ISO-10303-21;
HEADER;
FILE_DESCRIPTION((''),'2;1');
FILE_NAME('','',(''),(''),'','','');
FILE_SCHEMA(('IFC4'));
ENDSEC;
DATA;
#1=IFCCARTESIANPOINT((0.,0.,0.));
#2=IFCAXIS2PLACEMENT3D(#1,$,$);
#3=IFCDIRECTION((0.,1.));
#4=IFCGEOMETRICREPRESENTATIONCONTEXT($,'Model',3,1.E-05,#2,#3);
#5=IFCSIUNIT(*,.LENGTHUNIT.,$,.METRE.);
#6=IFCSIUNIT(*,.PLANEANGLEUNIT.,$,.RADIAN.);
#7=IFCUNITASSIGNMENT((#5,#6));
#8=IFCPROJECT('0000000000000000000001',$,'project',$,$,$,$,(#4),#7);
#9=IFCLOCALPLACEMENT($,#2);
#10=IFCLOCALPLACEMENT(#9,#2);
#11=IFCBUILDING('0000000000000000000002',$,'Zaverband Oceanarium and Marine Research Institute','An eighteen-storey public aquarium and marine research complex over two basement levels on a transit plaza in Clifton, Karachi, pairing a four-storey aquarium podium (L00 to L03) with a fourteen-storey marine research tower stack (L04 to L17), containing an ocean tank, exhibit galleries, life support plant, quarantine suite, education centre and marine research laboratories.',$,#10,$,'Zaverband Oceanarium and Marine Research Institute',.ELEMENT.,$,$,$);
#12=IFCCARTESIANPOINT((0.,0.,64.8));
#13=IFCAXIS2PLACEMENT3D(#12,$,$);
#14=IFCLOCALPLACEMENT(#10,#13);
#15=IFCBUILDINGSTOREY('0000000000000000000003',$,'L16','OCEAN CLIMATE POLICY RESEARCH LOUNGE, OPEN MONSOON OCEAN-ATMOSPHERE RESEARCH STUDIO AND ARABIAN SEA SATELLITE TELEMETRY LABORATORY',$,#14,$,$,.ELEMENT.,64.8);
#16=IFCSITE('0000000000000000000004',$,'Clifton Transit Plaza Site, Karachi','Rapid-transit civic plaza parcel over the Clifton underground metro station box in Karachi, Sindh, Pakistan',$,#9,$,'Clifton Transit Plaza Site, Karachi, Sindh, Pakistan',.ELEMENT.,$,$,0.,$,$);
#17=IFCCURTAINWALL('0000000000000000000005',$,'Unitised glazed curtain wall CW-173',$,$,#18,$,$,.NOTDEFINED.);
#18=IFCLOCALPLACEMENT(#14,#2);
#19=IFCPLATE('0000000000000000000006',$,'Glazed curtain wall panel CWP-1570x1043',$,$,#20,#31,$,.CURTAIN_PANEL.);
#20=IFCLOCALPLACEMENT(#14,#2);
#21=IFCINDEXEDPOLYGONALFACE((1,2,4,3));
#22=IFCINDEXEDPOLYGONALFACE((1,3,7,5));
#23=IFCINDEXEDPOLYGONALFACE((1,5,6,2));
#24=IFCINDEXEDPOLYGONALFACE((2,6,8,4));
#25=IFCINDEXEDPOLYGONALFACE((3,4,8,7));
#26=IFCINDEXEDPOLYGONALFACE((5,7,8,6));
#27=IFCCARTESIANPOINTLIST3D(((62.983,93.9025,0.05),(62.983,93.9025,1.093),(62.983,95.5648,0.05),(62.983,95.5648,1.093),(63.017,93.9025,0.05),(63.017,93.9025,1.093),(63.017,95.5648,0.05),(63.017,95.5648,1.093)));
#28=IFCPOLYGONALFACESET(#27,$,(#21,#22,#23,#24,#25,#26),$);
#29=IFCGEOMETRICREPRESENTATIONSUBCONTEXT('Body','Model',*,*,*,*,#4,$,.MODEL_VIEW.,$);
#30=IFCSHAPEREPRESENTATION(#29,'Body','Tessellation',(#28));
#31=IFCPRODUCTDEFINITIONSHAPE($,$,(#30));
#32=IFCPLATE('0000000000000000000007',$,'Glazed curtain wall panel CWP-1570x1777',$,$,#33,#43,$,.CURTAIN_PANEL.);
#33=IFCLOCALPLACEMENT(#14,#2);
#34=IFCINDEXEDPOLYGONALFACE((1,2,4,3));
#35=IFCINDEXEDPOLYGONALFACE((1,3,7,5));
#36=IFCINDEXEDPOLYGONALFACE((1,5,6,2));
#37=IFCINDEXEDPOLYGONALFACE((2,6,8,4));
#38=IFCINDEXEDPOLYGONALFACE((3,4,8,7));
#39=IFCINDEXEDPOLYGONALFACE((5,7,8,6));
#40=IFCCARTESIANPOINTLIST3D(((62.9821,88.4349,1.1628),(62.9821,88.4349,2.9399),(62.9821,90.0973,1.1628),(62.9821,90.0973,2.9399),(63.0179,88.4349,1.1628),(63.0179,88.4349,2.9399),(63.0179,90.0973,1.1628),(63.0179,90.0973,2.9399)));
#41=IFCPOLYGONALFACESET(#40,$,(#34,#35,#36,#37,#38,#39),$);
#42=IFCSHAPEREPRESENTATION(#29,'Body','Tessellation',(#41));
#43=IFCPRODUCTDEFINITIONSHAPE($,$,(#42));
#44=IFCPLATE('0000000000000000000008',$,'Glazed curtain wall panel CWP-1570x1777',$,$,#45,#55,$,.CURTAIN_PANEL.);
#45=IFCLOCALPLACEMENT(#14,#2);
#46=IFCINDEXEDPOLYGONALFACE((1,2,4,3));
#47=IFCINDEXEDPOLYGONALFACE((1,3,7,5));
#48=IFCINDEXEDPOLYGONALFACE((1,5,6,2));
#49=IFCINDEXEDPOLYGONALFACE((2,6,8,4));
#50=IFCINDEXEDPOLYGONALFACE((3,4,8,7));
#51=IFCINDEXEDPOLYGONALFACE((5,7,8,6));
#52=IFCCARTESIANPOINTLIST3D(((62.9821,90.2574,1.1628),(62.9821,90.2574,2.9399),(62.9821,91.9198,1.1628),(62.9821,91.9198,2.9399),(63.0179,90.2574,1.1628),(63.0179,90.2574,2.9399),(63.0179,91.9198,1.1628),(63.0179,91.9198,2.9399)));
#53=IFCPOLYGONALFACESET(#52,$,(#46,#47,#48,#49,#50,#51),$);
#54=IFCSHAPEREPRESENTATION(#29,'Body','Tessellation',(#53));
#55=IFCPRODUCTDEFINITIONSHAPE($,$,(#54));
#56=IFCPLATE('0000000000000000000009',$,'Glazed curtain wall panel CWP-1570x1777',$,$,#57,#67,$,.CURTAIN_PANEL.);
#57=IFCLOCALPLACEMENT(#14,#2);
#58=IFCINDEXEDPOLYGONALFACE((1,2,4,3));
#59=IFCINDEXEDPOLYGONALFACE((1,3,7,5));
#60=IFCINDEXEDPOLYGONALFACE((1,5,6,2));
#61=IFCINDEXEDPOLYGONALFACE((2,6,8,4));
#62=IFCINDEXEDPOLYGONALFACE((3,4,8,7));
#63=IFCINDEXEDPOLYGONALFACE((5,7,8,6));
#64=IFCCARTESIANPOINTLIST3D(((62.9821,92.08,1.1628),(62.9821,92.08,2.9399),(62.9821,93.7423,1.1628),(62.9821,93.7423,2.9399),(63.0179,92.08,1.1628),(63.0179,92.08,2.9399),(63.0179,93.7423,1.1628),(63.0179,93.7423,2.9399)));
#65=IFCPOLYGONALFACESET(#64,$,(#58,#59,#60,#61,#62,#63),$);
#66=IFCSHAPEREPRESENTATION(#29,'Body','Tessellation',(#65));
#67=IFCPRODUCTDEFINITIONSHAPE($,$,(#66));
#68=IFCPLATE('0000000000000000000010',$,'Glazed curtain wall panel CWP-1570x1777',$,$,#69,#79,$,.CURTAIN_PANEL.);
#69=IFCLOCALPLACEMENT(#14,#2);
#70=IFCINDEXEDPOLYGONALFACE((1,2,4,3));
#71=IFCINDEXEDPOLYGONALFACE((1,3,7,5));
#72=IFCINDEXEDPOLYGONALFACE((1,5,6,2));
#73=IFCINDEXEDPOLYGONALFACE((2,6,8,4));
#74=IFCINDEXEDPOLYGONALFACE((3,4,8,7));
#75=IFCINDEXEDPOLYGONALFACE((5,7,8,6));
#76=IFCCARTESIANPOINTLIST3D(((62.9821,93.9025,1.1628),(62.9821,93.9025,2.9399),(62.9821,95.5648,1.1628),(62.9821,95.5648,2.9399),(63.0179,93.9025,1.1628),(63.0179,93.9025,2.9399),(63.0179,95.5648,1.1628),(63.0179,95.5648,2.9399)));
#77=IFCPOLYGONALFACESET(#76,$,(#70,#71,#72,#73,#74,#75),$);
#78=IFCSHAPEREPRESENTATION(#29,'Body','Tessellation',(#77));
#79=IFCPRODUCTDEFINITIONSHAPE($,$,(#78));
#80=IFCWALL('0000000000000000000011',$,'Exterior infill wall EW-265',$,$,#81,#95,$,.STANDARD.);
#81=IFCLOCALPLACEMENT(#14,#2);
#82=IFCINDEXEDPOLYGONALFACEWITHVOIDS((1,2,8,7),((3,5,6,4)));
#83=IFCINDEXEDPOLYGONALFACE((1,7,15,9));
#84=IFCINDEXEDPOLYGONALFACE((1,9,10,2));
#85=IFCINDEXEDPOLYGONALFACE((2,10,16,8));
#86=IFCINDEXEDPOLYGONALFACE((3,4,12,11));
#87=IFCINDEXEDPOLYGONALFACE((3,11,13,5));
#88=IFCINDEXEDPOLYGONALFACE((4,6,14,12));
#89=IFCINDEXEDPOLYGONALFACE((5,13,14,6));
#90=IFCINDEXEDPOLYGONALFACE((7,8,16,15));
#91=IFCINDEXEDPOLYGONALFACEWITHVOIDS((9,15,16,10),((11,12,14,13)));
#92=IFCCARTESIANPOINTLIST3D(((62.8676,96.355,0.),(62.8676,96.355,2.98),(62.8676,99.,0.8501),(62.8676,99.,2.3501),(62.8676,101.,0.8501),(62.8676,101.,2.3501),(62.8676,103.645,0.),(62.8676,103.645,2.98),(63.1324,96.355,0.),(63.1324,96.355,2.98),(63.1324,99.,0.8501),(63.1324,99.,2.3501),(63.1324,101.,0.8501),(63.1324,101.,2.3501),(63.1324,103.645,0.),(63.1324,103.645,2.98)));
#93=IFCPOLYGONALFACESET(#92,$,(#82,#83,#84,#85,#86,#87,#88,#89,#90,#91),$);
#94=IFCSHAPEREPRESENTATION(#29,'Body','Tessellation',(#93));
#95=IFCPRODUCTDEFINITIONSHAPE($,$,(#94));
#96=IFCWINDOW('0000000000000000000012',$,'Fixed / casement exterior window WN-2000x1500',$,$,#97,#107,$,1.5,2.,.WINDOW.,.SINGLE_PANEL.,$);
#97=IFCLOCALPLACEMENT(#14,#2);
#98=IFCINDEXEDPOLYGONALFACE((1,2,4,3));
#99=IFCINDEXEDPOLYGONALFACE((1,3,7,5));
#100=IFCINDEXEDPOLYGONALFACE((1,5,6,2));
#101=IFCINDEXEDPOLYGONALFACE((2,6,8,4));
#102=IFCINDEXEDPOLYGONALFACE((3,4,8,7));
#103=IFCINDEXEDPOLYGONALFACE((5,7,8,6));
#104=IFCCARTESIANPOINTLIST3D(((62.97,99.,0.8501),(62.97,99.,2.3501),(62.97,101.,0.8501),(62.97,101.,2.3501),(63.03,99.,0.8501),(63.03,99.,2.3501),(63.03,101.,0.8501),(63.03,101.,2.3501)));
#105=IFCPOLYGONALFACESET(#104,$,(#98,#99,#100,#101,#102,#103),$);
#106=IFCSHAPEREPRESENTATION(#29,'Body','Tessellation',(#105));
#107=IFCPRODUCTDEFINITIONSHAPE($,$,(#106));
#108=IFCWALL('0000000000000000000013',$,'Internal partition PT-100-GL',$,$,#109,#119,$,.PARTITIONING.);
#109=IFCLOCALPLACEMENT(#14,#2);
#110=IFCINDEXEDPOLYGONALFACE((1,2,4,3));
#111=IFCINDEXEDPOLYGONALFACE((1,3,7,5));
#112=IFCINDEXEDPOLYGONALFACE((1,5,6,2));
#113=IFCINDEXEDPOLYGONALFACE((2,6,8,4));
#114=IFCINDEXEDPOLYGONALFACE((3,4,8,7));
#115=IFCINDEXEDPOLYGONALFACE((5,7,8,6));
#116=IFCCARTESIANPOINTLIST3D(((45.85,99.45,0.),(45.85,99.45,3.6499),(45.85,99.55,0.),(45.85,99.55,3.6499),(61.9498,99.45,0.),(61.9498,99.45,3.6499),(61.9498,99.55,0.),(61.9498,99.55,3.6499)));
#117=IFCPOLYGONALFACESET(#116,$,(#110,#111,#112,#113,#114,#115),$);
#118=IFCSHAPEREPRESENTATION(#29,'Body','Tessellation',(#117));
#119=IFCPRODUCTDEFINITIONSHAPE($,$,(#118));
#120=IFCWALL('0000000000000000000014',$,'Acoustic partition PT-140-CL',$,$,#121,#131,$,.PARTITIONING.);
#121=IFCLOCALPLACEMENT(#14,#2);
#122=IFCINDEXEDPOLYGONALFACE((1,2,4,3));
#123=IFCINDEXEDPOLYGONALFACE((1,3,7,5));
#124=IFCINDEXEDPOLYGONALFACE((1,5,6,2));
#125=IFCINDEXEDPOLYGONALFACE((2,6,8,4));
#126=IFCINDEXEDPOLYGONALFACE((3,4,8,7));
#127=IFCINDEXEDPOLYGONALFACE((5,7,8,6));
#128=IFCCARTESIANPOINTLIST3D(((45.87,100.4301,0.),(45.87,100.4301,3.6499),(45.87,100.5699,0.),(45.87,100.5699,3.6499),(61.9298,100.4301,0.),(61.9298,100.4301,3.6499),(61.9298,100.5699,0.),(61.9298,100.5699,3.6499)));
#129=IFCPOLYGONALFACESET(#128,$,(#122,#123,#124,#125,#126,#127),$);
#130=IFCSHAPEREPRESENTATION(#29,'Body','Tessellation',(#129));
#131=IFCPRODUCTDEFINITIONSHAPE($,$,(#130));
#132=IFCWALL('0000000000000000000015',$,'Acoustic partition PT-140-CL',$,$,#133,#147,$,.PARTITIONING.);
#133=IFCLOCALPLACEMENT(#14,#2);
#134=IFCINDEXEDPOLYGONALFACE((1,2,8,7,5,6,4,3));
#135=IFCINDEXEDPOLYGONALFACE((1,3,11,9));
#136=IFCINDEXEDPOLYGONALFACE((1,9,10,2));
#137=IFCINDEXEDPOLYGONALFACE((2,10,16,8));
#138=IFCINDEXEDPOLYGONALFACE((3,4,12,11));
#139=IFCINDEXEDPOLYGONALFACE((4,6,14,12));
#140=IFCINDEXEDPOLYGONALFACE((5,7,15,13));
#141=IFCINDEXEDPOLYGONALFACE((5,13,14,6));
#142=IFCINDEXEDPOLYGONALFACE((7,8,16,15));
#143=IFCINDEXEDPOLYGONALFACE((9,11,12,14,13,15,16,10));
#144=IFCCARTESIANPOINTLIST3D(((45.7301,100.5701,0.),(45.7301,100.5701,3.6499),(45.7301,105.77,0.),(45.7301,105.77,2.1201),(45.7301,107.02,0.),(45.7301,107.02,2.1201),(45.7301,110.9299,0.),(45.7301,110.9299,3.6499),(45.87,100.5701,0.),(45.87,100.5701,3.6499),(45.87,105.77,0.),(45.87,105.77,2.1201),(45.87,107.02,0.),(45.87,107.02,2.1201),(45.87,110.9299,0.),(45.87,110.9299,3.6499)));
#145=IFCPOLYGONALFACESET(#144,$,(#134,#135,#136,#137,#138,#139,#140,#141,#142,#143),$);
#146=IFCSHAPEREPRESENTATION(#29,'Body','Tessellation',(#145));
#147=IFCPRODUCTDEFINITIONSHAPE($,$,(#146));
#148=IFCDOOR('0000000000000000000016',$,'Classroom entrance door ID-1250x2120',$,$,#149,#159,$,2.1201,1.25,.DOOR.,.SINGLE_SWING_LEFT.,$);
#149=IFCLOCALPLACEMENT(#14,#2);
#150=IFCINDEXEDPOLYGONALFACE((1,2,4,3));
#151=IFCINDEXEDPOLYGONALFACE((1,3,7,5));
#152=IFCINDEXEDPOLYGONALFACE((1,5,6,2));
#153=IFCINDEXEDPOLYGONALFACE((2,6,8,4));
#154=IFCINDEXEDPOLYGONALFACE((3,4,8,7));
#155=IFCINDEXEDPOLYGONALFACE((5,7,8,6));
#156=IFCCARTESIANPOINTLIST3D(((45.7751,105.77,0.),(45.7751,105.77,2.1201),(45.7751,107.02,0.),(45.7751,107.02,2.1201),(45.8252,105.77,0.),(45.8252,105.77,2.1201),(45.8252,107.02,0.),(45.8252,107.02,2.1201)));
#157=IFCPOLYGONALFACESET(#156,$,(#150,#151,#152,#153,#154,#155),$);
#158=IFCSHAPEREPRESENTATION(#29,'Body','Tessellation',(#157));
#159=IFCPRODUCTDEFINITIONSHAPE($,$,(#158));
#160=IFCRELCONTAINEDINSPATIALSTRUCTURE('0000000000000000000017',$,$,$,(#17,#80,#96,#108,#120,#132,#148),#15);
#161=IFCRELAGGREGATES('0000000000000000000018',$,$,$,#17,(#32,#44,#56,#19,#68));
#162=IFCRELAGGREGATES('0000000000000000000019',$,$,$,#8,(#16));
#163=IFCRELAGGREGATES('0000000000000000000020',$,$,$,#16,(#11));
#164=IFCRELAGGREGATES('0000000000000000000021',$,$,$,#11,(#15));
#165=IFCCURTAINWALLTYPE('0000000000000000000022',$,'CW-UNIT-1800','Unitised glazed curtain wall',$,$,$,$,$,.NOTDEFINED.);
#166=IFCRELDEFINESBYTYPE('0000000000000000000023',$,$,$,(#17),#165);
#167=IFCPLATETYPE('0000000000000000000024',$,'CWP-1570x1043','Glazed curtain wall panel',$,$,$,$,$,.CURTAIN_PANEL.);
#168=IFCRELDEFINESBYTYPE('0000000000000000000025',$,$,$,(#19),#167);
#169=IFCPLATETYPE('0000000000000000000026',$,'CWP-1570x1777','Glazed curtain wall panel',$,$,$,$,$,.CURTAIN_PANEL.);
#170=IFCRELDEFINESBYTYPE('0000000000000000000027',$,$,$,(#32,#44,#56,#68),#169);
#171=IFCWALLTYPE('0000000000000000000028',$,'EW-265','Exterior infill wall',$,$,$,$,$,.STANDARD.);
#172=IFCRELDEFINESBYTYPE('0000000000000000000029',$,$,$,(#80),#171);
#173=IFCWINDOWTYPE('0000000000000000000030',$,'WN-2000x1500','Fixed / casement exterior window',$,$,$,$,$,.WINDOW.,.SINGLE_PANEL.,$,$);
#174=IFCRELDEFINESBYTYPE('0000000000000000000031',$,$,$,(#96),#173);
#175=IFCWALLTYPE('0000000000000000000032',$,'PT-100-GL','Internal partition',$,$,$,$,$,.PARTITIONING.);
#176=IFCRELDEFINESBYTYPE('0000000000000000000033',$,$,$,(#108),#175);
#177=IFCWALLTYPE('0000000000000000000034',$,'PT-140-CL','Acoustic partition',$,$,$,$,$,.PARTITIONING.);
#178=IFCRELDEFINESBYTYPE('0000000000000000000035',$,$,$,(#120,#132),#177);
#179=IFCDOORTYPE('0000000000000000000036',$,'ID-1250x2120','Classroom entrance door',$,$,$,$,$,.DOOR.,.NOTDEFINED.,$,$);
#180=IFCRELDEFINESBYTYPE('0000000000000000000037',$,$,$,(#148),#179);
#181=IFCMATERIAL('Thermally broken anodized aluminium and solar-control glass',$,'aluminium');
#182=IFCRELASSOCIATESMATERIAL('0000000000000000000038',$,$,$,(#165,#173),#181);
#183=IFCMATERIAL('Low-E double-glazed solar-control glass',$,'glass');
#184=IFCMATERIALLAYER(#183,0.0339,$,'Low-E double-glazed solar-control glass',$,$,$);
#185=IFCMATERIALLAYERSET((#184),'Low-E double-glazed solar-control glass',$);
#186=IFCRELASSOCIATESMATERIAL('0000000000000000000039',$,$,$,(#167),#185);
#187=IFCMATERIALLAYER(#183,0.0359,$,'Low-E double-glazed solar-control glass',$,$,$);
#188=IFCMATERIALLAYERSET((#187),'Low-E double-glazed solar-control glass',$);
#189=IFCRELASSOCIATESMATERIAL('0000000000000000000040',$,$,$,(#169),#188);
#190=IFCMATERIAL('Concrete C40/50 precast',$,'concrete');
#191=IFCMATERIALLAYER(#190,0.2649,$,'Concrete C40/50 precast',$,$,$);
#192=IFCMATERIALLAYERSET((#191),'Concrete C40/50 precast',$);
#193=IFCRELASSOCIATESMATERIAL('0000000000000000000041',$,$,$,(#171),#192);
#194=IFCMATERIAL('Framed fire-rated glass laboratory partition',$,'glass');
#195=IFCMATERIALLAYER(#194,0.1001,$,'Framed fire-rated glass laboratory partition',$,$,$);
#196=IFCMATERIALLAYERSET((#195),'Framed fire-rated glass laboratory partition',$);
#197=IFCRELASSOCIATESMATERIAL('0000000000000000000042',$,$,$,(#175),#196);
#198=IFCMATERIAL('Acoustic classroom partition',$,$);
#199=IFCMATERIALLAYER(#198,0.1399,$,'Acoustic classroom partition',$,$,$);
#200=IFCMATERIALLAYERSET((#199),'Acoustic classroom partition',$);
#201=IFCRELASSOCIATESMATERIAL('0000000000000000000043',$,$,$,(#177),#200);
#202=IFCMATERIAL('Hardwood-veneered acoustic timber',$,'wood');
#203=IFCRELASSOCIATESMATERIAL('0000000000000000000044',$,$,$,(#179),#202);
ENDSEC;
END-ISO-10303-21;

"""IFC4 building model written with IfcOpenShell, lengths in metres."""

from ifc_helpers import new_model, si_unit, direction, frame, frame_2d, origin, place, context, subcontext, project, spatial, rectangle, extrude, material, layer, layer_set, type_object, element, fill, aggregate, save


model = new_model("IFC4")

# Units and contexts
model_context = context("Model", 3, precision=1e-05, world=origin(), true_north=direction((0.0, 1.0)))
body_context = subcontext(model_context, "Body", "Model", "MODEL_VIEW")
ifc_project = project(units=[si_unit("LENGTHUNIT", "METRE"), si_unit("PLANEANGLEUNIT", "RADIAN")], contexts=[model_context])

# Site, building, storey
site_placement = place(None, origin())
site = spatial("IfcSite", under=ifc_project, at=site_placement, Name="Clifton Transit Plaza Site, Karachi", Description="Rapid-transit civic plaza parcel over the Clifton underground metro station box in Karachi, Sindh, Pakistan", LongName="Clifton Transit Plaza Site, Karachi, Sindh, Pakistan", CompositionType="ELEMENT", RefElevation=0.0)
building_placement = place(site_placement, origin())
building = spatial("IfcBuilding", under=site, at=building_placement, Name="Zaverband Oceanarium and Marine Research Institute", Description="An eighteen-storey public aquarium and marine research complex over two basement levels on a transit plaza in Clifton, Karachi, pairing a four-storey aquarium podium (L00 to L03) with a fourteen-storey marine research tower stack (L04 to L17), containing an ocean tank, exhibit galleries, life support plant, quarantine suite, education centre and marine research laboratories.", LongName="Zaverband Oceanarium and Marine Research Institute", CompositionType="ELEMENT")
storey_placement = place(building_placement, frame((0.0, 0.0, 64.8)))
storey = spatial("IfcBuildingStorey", under=building, at=storey_placement, Name="L16", Description="OCEAN CLIMATE POLICY RESEARCH LOUNGE, OPEN MONSOON OCEAN-ATMOSPHERE RESEARCH STUDIO AND ARABIAN SEA SATELLITE TELEMETRY LABORATORY", CompositionType="ELEMENT", Elevation=64.8)

# Curtain wall
ifc_material_1 = material(Name="Thermally broken anodized aluminium and solar-control glass", Category="aluminium")
curtain_wall_type = type_object("IfcCurtainWallType", Name="CW-UNIT-1800", Description="Unitised glazed curtain wall", PredefinedType="NOTDEFINED", material=ifc_material_1)
curtain_wall_placement = place(storey_placement, origin())
curtain_wall = element("IfcCurtainWall", 1, at=curtain_wall_placement, inside=storey, type_object=curtain_wall_type, Name="Unitised glazed curtain wall CW-173", PredefinedType="NOTDEFINED")

# Plates
ifc_material_2 = material(Name="Low-E double-glazed solar-control glass", Category="glass")
ifc_layer_1 = layer(ifc_material_2, 0.0339, Name="Low-E double-glazed solar-control glass")
ifc_layer_set_1 = layer_set([ifc_layer_1], Name="Low-E double-glazed solar-control glass")
plate_type_1 = type_object("IfcPlateType", Name="CWP-1570x1043", Description="Glazed curtain wall panel", PredefinedType="CURTAIN_PANEL", material=ifc_layer_set_1)
plate_1_placement = place(storey_placement, frame((63.0, 93.9026, 0.05), z_axis=(0.0, 0.0, 1.0), x_axis=(0.0, 1.0, 0.0)))
plate_1 = element("IfcPlate", 2, at=plate_1_placement, type_object=plate_type_1, Name="Glazed curtain wall panel CWP-1570x1043", PredefinedType="CURTAIN_PANEL", context=body_context, shape_type="SweptSolid", body=[
    extrude(rectangle(XDim=1.6624, YDim=0.0339, at=frame_2d((0.8311, 0.0))), origin(), (0.0, 0.0, 1.0), 1.043),
])
ifc_layer_2 = layer(ifc_material_2, 0.0359, Name="Low-E double-glazed solar-control glass")
ifc_layer_set_2 = layer_set([ifc_layer_2], Name="Low-E double-glazed solar-control glass")
plate_type_2 = type_object("IfcPlateType", Name="CWP-1570x1777", Description="Glazed curtain wall panel", PredefinedType="CURTAIN_PANEL", material=ifc_layer_set_2)
plate_2_placement = place(storey_placement, frame((63.0, 88.4351, 1.1628), z_axis=(0.0, 0.0, 1.0), x_axis=(0.0, 1.0, 0.0)))
plate_2 = element("IfcPlate", 3, at=plate_2_placement, type_object=plate_type_2, Name="Glazed curtain wall panel CWP-1570x1777", PredefinedType="CURTAIN_PANEL", context=body_context, shape_type="SweptSolid", body=[
    extrude(rectangle(XDim=1.6624, YDim=0.0359, at=frame_2d((0.8311, 0.0))), origin(), (0.0, 0.0, 1.0), 1.7771),
])
plate_3_placement = place(storey_placement, frame((63.0, 90.2576, 1.1628), z_axis=(0.0, 0.0, 1.0), x_axis=(0.0, 1.0, 0.0)))
plate_3 = element("IfcPlate", 4, at=plate_3_placement, type_object=plate_type_2, Name="Glazed curtain wall panel CWP-1570x1777", PredefinedType="CURTAIN_PANEL", context=body_context, shape_type="SweptSolid", body=[
    extrude(rectangle(XDim=1.6624, YDim=0.0359, at=frame_2d((0.8311, 0.0))), origin(), (0.0, 0.0, 1.0), 1.7771),
])
plate_4_placement = place(storey_placement, frame((63.0, 92.0801, 1.1628), z_axis=(0.0, 0.0, 1.0), x_axis=(0.0, 1.0, 0.0)))
plate_4 = element("IfcPlate", 5, at=plate_4_placement, type_object=plate_type_2, Name="Glazed curtain wall panel CWP-1570x1777", PredefinedType="CURTAIN_PANEL", context=body_context, shape_type="SweptSolid", body=[
    extrude(rectangle(XDim=1.6624, YDim=0.0359, at=frame_2d((0.8311, 0.0))), origin(), (0.0, 0.0, 1.0), 1.7771),
])
plate_5_placement = place(storey_placement, frame((63.0, 93.9026, 1.1628), z_axis=(0.0, 0.0, 1.0), x_axis=(0.0, 1.0, 0.0)))
plate_5 = element("IfcPlate", 6, at=plate_5_placement, type_object=plate_type_2, Name="Glazed curtain wall panel CWP-1570x1777", PredefinedType="CURTAIN_PANEL", context=body_context, shape_type="SweptSolid", body=[
    extrude(rectangle(XDim=1.6624, YDim=0.0359, at=frame_2d((0.8311, 0.0))), origin(), (0.0, 0.0, 1.0), 1.7771),
])
aggregate(curtain_wall, [plate_2, plate_3, plate_4, plate_1, plate_5])

# Wall, opening, window
ifc_material_3 = material(Name="Concrete C40/50 precast", Category="concrete")
ifc_layer_3 = layer(ifc_material_3, 0.2649, Name="Concrete C40/50 precast")
ifc_layer_set_3 = layer_set([ifc_layer_3], Name="Concrete C40/50 precast")
wall_type_1 = type_object("IfcWallType", Name="EW-265", Description="Exterior infill wall", PredefinedType="STANDARD", material=ifc_layer_set_3)
wall_1_placement = place(storey_placement, frame((63.0, 96.355, 0.0), z_axis=(0.0, 0.0, 1.0), x_axis=(0.0, 1.0, 0.0)))
wall_1 = element("IfcWall", 7, at=wall_1_placement, inside=storey, type_object=wall_type_1, Name="Exterior infill wall EW-265", PredefinedType="STANDARD", context=body_context, shape_type="SweptSolid", body=[
    extrude(rectangle(XDim=7.29, YDim=0.2649, at=frame_2d((3.645, 0.0))), origin(), (0.0, 0.0, 1.0), 2.98),
])
opening_1_placement = place(wall_1_placement, frame((2.645, 0.0, 0.8501)))
opening_1 = element("IfcOpeningElement", 8, at=opening_1_placement, cuts=wall_1, PredefinedType="OPENING", context=body_context, shape_type="SweptSolid", body=[
    extrude(rectangle(XDim=2.0, YDim=1.5, at=frame_2d((1.0, 0.75))), frame((0.0, 0.1445, 0.0), z_axis=(0.0, -1.0, 0.0), x_axis=(1.0, 0.0, 0.0)), (0.0, 0.0, 1.0), 0.2888),
])
window_type = type_object("IfcWindowType", Name="WN-2000x1500", Description="Fixed / casement exterior window", PartitioningType="SINGLE_PANEL", PredefinedType="WINDOW", material=ifc_material_1)
window_placement = place(opening_1_placement, origin())
window = element("IfcWindow", 9, at=window_placement, inside=storey, type_object=window_type, Name="Fixed / casement exterior window WN-2000x1500", OverallHeight=1.5, OverallWidth=2.0, PartitioningType="SINGLE_PANEL", PredefinedType="WINDOW", context=body_context, shape_type="SweptSolid", body=[
    extrude(rectangle(XDim=2.0, YDim=1.5, at=frame_2d((1.0, 0.75))), frame((0.0, 0.03, 0.0), z_axis=(0.0, -1.0, 0.0), x_axis=(1.0, 0.0, 0.0)), (0.0, 0.0, 1.0), 0.0601),
])
fill(opening_1, window)

# Walls
ifc_material_4 = material(Name="Framed fire-rated glass laboratory partition", Category="glass")
ifc_layer_4 = layer(ifc_material_4, 0.1001, Name="Framed fire-rated glass laboratory partition")
ifc_layer_set_4 = layer_set([ifc_layer_4], Name="Framed fire-rated glass laboratory partition")
wall_type_2 = type_object("IfcWallType", Name="PT-100-GL", Description="Internal partition", PredefinedType="PARTITIONING", material=ifc_layer_set_4)
wall_2_placement = place(storey_placement, frame((45.8501, 99.5, 0.0), z_axis=(0.0, 0.0, 1.0), x_axis=(1.0, 0.0, 0.0)))
element("IfcWall", 10, at=wall_2_placement, inside=storey, type_object=wall_type_2, Name="Internal partition PT-100-GL", PredefinedType="PARTITIONING", context=body_context, shape_type="SweptSolid", body=[
    extrude(rectangle(XDim=16.0999, YDim=0.1001, at=frame_2d((8.0498, 0.0))), origin(), (0.0, 0.0, 1.0), 3.6499),
])
ifc_material_5 = material(Name="Acoustic classroom partition")
ifc_layer_5 = layer(ifc_material_5, 0.1399, Name="Acoustic classroom partition")
ifc_layer_set_5 = layer_set([ifc_layer_5], Name="Acoustic classroom partition")
wall_type_3 = type_object("IfcWallType", Name="PT-140-CL", Description="Acoustic partition", PredefinedType="PARTITIONING", material=ifc_layer_set_5)
wall_3_placement = place(storey_placement, frame((45.8701, 100.5, 0.0), z_axis=(0.0, 0.0, 1.0), x_axis=(1.0, 0.0, 0.0)))
element("IfcWall", 11, at=wall_3_placement, inside=storey, type_object=wall_type_3, Name="Acoustic partition PT-140-CL", PredefinedType="PARTITIONING", context=body_context, shape_type="SweptSolid", body=[
    extrude(rectangle(XDim=16.0598, YDim=0.1399, at=frame_2d((8.0298, 0.0))), origin(), (0.0, 0.0, 1.0), 3.6499),
])

# Wall, opening, door
wall_4_placement = place(storey_placement, frame((45.8, 100.5701, 0.0), z_axis=(0.0, 0.0, 1.0), x_axis=(0.0, 1.0, 0.0)))
wall_4 = element("IfcWall", 12, at=wall_4_placement, inside=storey, type_object=wall_type_3, Name="Acoustic partition PT-140-CL", PredefinedType="PARTITIONING", context=body_context, shape_type="SweptSolid", body=[
    extrude(rectangle(XDim=10.3599, YDim=0.1399, at=frame_2d((5.1799, 0.0))), origin(), (0.0, 0.0, 1.0), 3.6499),
])
opening_2_placement = place(wall_4_placement, frame((5.2, 0.0, 0.0)))
opening_2 = element("IfcOpeningElement", 13, at=opening_2_placement, cuts=wall_4, PredefinedType="OPENING", context=body_context, shape_type="SweptSolid", body=[
    extrude(rectangle(XDim=1.25, YDim=2.1201, at=frame_2d((0.625, 1.0601))), frame((0.0, 0.082, 0.0), z_axis=(0.0, -1.0, 0.0), x_axis=(1.0, 0.0, 0.0)), (0.0, 0.0, 1.0), 0.1638),
])
ifc_material_6 = material(Name="Hardwood-veneered acoustic timber", Category="wood")
door_type = type_object("IfcDoorType", Name="ID-1250x2120", Description="Classroom entrance door", OperationType="NOTDEFINED", PredefinedType="DOOR", material=ifc_material_6)
door_placement = place(opening_2_placement, origin())
door = element("IfcDoor", 14, at=door_placement, inside=storey, type_object=door_type, Name="Classroom entrance door ID-1250x2120", OperationType="SINGLE_SWING_LEFT", OverallHeight=2.1201, OverallWidth=1.25, PredefinedType="DOOR", context=body_context, shape_type="SweptSolid", body=[
    extrude(rectangle(XDim=1.25, YDim=2.1201, at=frame_2d((0.625, 1.0601))), frame((0.0, 0.0249, 0.0), z_axis=(0.0, -1.0, 0.0), x_axis=(1.0, 0.0, 0.0)), (0.0, 0.0, 1.0), 0.05),
])
fill(opening_2, door)

save(model, "model.ifc")
